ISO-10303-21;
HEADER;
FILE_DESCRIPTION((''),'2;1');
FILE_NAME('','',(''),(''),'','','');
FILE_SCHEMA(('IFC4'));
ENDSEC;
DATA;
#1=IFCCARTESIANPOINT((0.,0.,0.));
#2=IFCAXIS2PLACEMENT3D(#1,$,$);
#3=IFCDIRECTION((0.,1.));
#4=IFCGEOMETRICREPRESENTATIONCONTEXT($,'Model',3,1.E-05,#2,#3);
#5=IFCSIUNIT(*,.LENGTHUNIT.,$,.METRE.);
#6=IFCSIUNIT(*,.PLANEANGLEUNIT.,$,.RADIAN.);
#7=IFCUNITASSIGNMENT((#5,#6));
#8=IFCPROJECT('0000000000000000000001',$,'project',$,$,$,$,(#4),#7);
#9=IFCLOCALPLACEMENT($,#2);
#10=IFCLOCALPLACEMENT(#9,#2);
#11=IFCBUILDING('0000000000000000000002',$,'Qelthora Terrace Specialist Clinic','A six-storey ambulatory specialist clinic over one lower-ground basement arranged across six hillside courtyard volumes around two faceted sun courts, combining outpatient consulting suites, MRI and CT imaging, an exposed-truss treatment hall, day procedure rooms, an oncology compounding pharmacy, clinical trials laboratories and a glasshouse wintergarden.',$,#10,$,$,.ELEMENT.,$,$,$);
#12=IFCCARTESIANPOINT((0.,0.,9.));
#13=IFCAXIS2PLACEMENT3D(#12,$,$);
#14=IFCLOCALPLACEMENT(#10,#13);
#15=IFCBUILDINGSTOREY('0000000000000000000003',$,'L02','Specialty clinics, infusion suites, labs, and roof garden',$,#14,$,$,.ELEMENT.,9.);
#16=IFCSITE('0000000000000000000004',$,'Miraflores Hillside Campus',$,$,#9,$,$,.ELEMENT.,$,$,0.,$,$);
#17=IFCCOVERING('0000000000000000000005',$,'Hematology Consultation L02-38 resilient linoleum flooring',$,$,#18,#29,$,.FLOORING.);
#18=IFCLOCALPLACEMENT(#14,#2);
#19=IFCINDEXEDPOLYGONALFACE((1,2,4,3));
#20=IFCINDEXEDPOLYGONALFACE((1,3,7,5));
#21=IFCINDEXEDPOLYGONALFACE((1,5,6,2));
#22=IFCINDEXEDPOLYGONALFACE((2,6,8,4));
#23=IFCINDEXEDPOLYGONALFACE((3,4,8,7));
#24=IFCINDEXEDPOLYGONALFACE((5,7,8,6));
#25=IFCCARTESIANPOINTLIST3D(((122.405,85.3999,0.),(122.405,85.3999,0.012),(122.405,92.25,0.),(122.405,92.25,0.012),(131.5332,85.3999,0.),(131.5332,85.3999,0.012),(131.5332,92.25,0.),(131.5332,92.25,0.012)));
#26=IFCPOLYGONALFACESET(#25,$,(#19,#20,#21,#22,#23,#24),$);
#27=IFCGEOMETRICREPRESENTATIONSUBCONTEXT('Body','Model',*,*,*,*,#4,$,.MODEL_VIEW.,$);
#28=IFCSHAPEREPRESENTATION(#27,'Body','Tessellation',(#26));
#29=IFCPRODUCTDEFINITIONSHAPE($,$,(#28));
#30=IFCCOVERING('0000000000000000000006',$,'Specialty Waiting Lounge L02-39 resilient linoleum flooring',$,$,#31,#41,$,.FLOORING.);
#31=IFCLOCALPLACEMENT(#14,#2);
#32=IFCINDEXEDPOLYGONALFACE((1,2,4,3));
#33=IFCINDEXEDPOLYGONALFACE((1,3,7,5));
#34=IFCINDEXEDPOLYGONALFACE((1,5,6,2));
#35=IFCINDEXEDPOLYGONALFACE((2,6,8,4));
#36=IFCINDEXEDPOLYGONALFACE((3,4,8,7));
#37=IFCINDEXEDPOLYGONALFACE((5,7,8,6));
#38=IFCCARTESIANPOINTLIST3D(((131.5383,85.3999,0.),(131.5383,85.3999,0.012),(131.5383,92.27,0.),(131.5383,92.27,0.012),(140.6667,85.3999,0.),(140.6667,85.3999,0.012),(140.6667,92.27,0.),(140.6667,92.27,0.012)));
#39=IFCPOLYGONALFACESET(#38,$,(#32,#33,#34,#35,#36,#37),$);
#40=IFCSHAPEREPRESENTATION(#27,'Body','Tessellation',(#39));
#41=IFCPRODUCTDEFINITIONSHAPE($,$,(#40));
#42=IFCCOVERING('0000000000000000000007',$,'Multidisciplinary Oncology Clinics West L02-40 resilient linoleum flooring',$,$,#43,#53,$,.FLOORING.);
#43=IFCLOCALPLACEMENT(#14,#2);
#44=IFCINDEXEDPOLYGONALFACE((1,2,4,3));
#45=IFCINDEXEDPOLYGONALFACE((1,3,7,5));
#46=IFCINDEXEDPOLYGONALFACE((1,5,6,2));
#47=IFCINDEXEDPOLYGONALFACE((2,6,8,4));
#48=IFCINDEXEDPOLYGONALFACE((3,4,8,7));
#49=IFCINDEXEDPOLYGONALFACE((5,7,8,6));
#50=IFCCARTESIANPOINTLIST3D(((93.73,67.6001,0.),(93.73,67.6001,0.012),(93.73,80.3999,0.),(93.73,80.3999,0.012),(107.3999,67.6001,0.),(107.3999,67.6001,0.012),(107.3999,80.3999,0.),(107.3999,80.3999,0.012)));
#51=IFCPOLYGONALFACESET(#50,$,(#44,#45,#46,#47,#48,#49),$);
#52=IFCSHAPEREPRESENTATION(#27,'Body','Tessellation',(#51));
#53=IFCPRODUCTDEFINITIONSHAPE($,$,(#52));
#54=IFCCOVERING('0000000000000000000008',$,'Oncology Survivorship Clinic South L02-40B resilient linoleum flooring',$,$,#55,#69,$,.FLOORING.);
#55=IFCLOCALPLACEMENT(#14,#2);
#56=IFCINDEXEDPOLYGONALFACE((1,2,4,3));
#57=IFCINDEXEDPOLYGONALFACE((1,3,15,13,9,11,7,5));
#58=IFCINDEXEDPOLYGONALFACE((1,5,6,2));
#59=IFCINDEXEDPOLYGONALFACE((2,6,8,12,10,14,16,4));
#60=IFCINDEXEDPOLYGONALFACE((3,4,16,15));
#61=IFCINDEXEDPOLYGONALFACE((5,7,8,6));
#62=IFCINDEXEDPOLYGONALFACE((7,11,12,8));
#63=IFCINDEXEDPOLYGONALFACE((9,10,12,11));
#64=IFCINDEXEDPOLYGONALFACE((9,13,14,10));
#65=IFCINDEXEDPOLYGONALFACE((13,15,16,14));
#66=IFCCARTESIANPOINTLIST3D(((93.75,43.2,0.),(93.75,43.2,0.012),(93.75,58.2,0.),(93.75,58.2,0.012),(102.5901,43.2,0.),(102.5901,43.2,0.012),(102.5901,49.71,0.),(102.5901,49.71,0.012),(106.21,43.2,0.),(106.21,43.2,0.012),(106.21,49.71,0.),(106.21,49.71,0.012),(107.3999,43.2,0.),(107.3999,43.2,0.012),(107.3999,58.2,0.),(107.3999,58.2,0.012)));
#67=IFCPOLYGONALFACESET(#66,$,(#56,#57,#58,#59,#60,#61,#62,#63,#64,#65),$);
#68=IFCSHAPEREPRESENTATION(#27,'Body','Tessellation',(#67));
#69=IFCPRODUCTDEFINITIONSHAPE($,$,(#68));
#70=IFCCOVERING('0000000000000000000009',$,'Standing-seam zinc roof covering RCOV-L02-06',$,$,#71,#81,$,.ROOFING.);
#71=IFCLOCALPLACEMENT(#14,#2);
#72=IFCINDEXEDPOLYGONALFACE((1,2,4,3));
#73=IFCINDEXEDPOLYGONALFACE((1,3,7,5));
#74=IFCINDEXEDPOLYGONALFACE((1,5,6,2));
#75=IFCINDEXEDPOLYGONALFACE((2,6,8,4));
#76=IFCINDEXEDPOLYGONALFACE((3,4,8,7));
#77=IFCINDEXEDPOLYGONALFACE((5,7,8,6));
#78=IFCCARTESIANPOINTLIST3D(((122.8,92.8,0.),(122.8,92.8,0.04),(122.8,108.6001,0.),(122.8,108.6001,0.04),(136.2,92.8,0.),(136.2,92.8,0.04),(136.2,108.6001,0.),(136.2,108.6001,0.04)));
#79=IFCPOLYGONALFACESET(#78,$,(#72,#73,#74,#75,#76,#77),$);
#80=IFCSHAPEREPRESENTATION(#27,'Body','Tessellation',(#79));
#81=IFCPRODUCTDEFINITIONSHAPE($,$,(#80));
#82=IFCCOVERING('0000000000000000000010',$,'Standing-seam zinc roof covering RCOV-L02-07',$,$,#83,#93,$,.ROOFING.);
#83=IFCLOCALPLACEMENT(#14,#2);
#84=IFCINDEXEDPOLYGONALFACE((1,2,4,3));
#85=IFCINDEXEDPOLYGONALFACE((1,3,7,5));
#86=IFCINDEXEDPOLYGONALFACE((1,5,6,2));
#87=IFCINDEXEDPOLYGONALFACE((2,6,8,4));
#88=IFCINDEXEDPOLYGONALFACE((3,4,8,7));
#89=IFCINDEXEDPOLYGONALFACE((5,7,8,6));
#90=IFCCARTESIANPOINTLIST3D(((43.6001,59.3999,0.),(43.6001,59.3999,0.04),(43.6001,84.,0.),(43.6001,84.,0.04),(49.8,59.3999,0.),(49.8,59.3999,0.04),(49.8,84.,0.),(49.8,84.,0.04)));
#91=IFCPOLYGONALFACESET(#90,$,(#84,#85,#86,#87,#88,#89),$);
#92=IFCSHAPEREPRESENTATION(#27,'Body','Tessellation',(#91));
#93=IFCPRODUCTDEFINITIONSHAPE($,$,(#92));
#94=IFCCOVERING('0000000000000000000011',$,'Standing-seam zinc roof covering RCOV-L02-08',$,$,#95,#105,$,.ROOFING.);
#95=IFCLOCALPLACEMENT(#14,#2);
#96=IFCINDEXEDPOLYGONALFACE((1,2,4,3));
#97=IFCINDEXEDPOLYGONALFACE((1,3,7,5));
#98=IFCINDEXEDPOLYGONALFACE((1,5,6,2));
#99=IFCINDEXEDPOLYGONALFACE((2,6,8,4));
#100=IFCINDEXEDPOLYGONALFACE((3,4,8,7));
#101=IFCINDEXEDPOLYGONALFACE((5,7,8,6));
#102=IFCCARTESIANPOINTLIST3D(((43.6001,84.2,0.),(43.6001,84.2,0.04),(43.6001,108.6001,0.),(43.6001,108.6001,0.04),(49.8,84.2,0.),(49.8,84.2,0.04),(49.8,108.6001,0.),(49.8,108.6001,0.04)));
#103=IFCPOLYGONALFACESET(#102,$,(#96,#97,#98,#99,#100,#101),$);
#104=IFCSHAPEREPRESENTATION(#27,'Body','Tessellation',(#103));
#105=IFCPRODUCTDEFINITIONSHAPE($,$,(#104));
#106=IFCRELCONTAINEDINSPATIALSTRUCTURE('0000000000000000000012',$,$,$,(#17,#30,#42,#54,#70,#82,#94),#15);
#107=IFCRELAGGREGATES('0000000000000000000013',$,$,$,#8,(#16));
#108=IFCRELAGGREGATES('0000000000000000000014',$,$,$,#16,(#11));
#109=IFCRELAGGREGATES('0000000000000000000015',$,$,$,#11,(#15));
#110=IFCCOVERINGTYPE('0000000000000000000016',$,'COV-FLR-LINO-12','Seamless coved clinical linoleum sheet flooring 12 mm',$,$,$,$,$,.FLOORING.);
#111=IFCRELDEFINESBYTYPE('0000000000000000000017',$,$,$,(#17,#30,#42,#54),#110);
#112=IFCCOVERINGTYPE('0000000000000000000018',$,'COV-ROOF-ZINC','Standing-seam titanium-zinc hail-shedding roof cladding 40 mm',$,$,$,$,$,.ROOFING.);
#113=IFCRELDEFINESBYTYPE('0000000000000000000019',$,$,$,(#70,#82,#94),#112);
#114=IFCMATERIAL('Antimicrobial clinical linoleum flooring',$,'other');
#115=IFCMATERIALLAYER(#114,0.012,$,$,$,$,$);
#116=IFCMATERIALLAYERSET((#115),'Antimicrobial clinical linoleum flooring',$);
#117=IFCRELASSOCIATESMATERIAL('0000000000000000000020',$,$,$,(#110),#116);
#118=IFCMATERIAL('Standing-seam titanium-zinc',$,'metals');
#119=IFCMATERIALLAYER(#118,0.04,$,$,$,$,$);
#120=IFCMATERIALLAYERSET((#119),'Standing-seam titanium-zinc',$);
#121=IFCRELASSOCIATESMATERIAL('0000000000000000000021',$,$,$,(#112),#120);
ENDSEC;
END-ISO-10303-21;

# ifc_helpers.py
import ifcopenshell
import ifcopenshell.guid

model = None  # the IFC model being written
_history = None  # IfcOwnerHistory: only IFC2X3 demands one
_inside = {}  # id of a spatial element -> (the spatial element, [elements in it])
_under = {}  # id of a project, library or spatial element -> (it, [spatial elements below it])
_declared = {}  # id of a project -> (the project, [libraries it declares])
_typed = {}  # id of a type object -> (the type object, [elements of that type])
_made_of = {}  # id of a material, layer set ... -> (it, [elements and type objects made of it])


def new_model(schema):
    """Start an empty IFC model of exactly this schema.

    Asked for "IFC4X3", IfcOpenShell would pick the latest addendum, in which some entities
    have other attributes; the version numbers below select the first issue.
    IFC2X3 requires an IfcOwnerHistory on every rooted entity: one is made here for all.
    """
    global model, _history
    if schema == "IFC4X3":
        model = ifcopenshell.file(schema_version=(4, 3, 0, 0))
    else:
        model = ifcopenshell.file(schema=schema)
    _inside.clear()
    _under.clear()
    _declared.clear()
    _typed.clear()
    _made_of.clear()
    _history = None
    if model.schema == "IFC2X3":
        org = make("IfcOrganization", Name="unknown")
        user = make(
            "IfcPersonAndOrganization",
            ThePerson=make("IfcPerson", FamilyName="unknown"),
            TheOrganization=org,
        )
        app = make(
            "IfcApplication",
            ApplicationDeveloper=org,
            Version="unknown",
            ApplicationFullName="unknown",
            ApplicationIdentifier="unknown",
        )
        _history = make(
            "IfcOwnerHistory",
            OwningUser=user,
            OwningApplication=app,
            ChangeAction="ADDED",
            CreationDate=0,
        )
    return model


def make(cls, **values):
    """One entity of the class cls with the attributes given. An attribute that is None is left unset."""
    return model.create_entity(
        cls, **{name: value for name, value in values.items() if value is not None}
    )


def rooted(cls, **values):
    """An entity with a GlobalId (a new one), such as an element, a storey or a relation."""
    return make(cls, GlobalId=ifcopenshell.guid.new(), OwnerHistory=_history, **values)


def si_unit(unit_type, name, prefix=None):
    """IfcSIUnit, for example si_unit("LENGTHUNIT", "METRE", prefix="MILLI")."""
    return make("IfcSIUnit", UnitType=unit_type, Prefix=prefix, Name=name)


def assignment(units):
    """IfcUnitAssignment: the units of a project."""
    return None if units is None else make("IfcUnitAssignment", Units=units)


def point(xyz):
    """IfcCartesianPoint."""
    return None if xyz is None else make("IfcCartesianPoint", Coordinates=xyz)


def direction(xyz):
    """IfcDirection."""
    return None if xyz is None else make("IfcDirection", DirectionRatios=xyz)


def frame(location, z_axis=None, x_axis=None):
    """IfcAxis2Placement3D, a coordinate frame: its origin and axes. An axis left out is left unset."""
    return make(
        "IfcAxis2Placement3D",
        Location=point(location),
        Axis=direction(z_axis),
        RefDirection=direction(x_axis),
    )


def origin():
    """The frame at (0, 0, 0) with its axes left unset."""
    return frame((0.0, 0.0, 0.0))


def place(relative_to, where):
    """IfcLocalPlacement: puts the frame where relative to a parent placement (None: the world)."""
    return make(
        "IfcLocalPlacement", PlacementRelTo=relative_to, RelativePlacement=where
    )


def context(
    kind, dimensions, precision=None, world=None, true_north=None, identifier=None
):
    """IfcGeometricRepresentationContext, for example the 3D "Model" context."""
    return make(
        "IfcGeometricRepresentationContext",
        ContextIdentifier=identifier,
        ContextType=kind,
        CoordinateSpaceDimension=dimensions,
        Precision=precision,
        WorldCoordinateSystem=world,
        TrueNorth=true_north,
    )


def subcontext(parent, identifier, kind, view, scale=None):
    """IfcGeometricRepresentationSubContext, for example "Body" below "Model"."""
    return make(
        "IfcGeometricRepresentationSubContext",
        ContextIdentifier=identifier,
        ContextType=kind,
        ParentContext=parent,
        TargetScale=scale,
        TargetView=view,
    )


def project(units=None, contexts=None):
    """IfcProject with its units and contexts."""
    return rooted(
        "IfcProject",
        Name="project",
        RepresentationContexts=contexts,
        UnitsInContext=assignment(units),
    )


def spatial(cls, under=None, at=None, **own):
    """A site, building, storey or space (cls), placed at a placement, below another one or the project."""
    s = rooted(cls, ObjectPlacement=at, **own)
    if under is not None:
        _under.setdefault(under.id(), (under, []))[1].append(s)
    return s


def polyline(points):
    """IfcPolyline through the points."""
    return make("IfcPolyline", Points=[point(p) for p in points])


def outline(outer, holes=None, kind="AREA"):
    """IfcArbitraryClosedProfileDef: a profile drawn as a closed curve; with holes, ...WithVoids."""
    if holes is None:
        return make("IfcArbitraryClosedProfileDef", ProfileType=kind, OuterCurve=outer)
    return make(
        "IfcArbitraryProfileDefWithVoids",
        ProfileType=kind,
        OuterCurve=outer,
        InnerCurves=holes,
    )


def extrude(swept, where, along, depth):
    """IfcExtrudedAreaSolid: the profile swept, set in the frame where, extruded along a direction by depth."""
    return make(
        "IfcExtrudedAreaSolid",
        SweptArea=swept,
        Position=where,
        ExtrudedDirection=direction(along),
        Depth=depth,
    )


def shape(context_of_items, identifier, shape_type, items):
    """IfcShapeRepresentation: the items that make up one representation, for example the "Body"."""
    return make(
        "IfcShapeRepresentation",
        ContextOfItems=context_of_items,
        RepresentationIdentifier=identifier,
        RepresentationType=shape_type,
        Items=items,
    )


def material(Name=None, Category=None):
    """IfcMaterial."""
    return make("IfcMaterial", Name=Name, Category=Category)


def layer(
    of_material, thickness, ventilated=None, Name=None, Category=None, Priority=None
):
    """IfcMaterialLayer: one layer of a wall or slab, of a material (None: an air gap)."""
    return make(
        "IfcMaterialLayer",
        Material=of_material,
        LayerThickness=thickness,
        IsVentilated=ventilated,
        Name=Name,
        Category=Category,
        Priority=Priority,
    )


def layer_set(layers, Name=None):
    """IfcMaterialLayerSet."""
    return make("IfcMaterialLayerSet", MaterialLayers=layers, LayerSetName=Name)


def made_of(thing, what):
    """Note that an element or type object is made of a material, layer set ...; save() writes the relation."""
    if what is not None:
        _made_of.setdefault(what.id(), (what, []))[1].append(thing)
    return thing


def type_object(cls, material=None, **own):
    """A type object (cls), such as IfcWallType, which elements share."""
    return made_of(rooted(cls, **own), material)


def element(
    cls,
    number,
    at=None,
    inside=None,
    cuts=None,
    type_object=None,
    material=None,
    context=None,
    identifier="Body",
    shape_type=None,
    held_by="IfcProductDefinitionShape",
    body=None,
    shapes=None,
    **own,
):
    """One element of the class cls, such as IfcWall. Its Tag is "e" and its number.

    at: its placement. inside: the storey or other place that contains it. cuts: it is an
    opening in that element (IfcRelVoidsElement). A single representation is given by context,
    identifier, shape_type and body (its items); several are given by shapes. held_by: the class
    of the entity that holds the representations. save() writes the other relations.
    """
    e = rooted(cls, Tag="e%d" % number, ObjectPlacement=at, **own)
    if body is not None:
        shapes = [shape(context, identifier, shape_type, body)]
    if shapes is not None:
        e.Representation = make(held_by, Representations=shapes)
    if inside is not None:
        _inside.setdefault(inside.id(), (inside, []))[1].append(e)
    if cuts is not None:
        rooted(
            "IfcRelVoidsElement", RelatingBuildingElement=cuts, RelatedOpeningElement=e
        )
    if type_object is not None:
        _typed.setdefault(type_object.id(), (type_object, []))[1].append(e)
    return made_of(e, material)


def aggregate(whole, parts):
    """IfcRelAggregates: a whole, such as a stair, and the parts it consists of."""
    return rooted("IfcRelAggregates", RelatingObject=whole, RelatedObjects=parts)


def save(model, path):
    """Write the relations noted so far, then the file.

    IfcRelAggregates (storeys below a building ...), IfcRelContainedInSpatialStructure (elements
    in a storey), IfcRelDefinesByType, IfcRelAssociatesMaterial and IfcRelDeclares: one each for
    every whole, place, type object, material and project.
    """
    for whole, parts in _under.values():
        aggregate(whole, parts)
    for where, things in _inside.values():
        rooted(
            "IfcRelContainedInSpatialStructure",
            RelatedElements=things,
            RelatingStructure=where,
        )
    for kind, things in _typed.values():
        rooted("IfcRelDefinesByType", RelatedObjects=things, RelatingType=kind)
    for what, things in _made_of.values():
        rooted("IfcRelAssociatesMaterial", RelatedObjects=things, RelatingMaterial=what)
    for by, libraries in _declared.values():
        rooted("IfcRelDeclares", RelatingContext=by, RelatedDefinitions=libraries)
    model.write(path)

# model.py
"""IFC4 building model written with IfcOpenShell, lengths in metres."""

from ifc_helpers import new_model, si_unit, direction, frame, origin, place, context, subcontext, project, spatial, polyline, outline, extrude, material, layer, layer_set, type_object, element, save


model = new_model("IFC4")

# Units and contexts
model_context = context("Model", 3, precision=1e-05, world=origin(), true_north=direction((0.0, 1.0)))
body_context = subcontext(model_context, "Body", "Model", "MODEL_VIEW")
ifc_project = project(units=[si_unit("LENGTHUNIT", "METRE"), si_unit("PLANEANGLEUNIT", "RADIAN")], contexts=[model_context])

# Site, building, storey
site_placement = place(None, origin())
site = spatial("IfcSite", under=ifc_project, at=site_placement, Name="Miraflores Hillside Campus", CompositionType="ELEMENT", RefElevation=0.0)
building_placement = place(site_placement, origin())
building = spatial("IfcBuilding", under=site, at=building_placement, Name="Qelthora Terrace Specialist Clinic", Description="A six-storey ambulatory specialist clinic over one lower-ground basement arranged across six hillside courtyard volumes around two faceted sun courts, combining outpatient consulting suites, MRI and CT imaging, an exposed-truss treatment hall, day procedure rooms, an oncology compounding pharmacy, clinical trials laboratories and a glasshouse wintergarden.", CompositionType="ELEMENT")
storey_placement = place(building_placement, frame((0.0, 0.0, 9.0)))
storey = spatial("IfcBuildingStorey", under=building, at=storey_placement, Name="L02", Description="Specialty clinics, infusion suites, labs, and roof garden", CompositionType="ELEMENT", Elevation=9.0)

# Coverings
ifc_material_1 = material(Name="Antimicrobial clinical linoleum flooring", Category="other")
ifc_layer_1 = layer(ifc_material_1, 0.012)
ifc_layer_set_1 = layer_set([ifc_layer_1], Name="Antimicrobial clinical linoleum flooring")
covering_type_1 = type_object("IfcCoveringType", Name="COV-FLR-LINO-12", Description="Seamless coved clinical linoleum sheet flooring 12 mm", PredefinedType="FLOORING", material=ifc_layer_set_1)
covering_1_placement = place(storey_placement, origin())
element("IfcCovering", 1, at=covering_1_placement, inside=storey, type_object=covering_type_1, Name="Hematology Consultation L02-38 resilient linoleum flooring", PredefinedType="FLOORING", context=body_context, shape_type="SweptSolid", body=[
    extrude(outline(polyline([(122.405, 85.3999), (122.405, 92.25), (131.5332, 92.25), (131.5332, 85.3999), (122.405, 85.3999)])), origin(), (0.0, 0.0, 1.0), 0.012),
])
covering_2_placement = place(storey_placement, origin())
element("IfcCovering", 2, at=covering_2_placement, inside=storey, type_object=covering_type_1, Name="Specialty Waiting Lounge L02-39 resilient linoleum flooring", PredefinedType="FLOORING", context=body_context, shape_type="SweptSolid", body=[
    extrude(outline(polyline([(140.6667, 92.27), (140.6667, 85.3999), (131.5383, 85.3999), (131.5383, 92.27), (140.6667, 92.27)])), origin(), (0.0, 0.0, 1.0), 0.012),
])
covering_3_placement = place(storey_placement, origin())
element("IfcCovering", 3, at=covering_3_placement, inside=storey, type_object=covering_type_1, Name="Multidisciplinary Oncology Clinics West L02-40 resilient linoleum flooring", PredefinedType="FLOORING", context=body_context, shape_type="SweptSolid", body=[
    extrude(outline(polyline([(107.3999, 80.3999), (107.3999, 67.6001), (93.73, 67.6001), (93.73, 80.3999), (107.3999, 80.3999)])), origin(), (0.0, 0.0, 1.0), 0.012),
])
covering_4_placement = place(storey_placement, origin())
element("IfcCovering", 4, at=covering_4_placement, inside=storey, type_object=covering_type_1, Name="Oncology Survivorship Clinic South L02-40B resilient linoleum flooring", PredefinedType="FLOORING", context=body_context, shape_type="SweptSolid", body=[
    extrude(outline(polyline([(106.21, 43.2), (106.21, 49.71), (102.5901, 49.71), (102.5901, 43.2), (93.75, 43.2), (93.75, 58.2), (107.3999, 58.2), (107.3999, 43.2), (106.21, 43.2)])), origin(), (0.0, 0.0, 1.0), 0.012),
])
ifc_material_2 = material(Name="Standing-seam titanium-zinc", Category="metals")
ifc_layer_2 = layer(ifc_material_2, 0.04)
ifc_layer_set_2 = layer_set([ifc_layer_2], Name="Standing-seam titanium-zinc")
covering_type_2 = type_object("IfcCoveringType", Name="COV-ROOF-ZINC", Description="Standing-seam titanium-zinc hail-shedding roof cladding 40 mm", PredefinedType="ROOFING", material=ifc_layer_set_2)
covering_5_placement = place(storey_placement, origin())
element("IfcCovering", 5, at=covering_5_placement, inside=storey, type_object=covering_type_2, Name="Standing-seam zinc roof covering RCOV-L02-06", PredefinedType="ROOFING", context=body_context, shape_type="SweptSolid", body=[
    extrude(outline(polyline([(122.8, 92.8), (136.2, 92.8), (136.2, 108.6001), (122.8, 108.6001), (122.8, 92.8)])), origin(), (0.0, 0.0, 1.0), 0.04),
])
covering_6_placement = place(storey_placement, origin())
element("IfcCovering", 6, at=covering_6_placement, inside=storey, type_object=covering_type_2, Name="Standing-seam zinc roof covering RCOV-L02-07", PredefinedType="ROOFING", context=body_context, shape_type="SweptSolid", body=[
    extrude(outline(polyline([(43.6001, 59.3999), (49.8, 59.3999), (49.8, 84.0), (43.6001, 84.0), (43.6001, 59.3999)])), origin(), (0.0, 0.0, 1.0), 0.04),
])
covering_7_placement = place(storey_placement, origin())
element("IfcCovering", 7, at=covering_7_placement, inside=storey, type_object=covering_type_2, Name="Standing-seam zinc roof covering RCOV-L02-08", PredefinedType="ROOFING", context=body_context, shape_type="SweptSolid", body=[
    extrude(outline(polyline([(43.6001, 84.2), (49.8, 84.2), (49.8, 108.6001), (43.6001, 108.6001), (43.6001, 84.2)])), origin(), (0.0, 0.0, 1.0), 0.04),
])

save(model, "model.ifc")
